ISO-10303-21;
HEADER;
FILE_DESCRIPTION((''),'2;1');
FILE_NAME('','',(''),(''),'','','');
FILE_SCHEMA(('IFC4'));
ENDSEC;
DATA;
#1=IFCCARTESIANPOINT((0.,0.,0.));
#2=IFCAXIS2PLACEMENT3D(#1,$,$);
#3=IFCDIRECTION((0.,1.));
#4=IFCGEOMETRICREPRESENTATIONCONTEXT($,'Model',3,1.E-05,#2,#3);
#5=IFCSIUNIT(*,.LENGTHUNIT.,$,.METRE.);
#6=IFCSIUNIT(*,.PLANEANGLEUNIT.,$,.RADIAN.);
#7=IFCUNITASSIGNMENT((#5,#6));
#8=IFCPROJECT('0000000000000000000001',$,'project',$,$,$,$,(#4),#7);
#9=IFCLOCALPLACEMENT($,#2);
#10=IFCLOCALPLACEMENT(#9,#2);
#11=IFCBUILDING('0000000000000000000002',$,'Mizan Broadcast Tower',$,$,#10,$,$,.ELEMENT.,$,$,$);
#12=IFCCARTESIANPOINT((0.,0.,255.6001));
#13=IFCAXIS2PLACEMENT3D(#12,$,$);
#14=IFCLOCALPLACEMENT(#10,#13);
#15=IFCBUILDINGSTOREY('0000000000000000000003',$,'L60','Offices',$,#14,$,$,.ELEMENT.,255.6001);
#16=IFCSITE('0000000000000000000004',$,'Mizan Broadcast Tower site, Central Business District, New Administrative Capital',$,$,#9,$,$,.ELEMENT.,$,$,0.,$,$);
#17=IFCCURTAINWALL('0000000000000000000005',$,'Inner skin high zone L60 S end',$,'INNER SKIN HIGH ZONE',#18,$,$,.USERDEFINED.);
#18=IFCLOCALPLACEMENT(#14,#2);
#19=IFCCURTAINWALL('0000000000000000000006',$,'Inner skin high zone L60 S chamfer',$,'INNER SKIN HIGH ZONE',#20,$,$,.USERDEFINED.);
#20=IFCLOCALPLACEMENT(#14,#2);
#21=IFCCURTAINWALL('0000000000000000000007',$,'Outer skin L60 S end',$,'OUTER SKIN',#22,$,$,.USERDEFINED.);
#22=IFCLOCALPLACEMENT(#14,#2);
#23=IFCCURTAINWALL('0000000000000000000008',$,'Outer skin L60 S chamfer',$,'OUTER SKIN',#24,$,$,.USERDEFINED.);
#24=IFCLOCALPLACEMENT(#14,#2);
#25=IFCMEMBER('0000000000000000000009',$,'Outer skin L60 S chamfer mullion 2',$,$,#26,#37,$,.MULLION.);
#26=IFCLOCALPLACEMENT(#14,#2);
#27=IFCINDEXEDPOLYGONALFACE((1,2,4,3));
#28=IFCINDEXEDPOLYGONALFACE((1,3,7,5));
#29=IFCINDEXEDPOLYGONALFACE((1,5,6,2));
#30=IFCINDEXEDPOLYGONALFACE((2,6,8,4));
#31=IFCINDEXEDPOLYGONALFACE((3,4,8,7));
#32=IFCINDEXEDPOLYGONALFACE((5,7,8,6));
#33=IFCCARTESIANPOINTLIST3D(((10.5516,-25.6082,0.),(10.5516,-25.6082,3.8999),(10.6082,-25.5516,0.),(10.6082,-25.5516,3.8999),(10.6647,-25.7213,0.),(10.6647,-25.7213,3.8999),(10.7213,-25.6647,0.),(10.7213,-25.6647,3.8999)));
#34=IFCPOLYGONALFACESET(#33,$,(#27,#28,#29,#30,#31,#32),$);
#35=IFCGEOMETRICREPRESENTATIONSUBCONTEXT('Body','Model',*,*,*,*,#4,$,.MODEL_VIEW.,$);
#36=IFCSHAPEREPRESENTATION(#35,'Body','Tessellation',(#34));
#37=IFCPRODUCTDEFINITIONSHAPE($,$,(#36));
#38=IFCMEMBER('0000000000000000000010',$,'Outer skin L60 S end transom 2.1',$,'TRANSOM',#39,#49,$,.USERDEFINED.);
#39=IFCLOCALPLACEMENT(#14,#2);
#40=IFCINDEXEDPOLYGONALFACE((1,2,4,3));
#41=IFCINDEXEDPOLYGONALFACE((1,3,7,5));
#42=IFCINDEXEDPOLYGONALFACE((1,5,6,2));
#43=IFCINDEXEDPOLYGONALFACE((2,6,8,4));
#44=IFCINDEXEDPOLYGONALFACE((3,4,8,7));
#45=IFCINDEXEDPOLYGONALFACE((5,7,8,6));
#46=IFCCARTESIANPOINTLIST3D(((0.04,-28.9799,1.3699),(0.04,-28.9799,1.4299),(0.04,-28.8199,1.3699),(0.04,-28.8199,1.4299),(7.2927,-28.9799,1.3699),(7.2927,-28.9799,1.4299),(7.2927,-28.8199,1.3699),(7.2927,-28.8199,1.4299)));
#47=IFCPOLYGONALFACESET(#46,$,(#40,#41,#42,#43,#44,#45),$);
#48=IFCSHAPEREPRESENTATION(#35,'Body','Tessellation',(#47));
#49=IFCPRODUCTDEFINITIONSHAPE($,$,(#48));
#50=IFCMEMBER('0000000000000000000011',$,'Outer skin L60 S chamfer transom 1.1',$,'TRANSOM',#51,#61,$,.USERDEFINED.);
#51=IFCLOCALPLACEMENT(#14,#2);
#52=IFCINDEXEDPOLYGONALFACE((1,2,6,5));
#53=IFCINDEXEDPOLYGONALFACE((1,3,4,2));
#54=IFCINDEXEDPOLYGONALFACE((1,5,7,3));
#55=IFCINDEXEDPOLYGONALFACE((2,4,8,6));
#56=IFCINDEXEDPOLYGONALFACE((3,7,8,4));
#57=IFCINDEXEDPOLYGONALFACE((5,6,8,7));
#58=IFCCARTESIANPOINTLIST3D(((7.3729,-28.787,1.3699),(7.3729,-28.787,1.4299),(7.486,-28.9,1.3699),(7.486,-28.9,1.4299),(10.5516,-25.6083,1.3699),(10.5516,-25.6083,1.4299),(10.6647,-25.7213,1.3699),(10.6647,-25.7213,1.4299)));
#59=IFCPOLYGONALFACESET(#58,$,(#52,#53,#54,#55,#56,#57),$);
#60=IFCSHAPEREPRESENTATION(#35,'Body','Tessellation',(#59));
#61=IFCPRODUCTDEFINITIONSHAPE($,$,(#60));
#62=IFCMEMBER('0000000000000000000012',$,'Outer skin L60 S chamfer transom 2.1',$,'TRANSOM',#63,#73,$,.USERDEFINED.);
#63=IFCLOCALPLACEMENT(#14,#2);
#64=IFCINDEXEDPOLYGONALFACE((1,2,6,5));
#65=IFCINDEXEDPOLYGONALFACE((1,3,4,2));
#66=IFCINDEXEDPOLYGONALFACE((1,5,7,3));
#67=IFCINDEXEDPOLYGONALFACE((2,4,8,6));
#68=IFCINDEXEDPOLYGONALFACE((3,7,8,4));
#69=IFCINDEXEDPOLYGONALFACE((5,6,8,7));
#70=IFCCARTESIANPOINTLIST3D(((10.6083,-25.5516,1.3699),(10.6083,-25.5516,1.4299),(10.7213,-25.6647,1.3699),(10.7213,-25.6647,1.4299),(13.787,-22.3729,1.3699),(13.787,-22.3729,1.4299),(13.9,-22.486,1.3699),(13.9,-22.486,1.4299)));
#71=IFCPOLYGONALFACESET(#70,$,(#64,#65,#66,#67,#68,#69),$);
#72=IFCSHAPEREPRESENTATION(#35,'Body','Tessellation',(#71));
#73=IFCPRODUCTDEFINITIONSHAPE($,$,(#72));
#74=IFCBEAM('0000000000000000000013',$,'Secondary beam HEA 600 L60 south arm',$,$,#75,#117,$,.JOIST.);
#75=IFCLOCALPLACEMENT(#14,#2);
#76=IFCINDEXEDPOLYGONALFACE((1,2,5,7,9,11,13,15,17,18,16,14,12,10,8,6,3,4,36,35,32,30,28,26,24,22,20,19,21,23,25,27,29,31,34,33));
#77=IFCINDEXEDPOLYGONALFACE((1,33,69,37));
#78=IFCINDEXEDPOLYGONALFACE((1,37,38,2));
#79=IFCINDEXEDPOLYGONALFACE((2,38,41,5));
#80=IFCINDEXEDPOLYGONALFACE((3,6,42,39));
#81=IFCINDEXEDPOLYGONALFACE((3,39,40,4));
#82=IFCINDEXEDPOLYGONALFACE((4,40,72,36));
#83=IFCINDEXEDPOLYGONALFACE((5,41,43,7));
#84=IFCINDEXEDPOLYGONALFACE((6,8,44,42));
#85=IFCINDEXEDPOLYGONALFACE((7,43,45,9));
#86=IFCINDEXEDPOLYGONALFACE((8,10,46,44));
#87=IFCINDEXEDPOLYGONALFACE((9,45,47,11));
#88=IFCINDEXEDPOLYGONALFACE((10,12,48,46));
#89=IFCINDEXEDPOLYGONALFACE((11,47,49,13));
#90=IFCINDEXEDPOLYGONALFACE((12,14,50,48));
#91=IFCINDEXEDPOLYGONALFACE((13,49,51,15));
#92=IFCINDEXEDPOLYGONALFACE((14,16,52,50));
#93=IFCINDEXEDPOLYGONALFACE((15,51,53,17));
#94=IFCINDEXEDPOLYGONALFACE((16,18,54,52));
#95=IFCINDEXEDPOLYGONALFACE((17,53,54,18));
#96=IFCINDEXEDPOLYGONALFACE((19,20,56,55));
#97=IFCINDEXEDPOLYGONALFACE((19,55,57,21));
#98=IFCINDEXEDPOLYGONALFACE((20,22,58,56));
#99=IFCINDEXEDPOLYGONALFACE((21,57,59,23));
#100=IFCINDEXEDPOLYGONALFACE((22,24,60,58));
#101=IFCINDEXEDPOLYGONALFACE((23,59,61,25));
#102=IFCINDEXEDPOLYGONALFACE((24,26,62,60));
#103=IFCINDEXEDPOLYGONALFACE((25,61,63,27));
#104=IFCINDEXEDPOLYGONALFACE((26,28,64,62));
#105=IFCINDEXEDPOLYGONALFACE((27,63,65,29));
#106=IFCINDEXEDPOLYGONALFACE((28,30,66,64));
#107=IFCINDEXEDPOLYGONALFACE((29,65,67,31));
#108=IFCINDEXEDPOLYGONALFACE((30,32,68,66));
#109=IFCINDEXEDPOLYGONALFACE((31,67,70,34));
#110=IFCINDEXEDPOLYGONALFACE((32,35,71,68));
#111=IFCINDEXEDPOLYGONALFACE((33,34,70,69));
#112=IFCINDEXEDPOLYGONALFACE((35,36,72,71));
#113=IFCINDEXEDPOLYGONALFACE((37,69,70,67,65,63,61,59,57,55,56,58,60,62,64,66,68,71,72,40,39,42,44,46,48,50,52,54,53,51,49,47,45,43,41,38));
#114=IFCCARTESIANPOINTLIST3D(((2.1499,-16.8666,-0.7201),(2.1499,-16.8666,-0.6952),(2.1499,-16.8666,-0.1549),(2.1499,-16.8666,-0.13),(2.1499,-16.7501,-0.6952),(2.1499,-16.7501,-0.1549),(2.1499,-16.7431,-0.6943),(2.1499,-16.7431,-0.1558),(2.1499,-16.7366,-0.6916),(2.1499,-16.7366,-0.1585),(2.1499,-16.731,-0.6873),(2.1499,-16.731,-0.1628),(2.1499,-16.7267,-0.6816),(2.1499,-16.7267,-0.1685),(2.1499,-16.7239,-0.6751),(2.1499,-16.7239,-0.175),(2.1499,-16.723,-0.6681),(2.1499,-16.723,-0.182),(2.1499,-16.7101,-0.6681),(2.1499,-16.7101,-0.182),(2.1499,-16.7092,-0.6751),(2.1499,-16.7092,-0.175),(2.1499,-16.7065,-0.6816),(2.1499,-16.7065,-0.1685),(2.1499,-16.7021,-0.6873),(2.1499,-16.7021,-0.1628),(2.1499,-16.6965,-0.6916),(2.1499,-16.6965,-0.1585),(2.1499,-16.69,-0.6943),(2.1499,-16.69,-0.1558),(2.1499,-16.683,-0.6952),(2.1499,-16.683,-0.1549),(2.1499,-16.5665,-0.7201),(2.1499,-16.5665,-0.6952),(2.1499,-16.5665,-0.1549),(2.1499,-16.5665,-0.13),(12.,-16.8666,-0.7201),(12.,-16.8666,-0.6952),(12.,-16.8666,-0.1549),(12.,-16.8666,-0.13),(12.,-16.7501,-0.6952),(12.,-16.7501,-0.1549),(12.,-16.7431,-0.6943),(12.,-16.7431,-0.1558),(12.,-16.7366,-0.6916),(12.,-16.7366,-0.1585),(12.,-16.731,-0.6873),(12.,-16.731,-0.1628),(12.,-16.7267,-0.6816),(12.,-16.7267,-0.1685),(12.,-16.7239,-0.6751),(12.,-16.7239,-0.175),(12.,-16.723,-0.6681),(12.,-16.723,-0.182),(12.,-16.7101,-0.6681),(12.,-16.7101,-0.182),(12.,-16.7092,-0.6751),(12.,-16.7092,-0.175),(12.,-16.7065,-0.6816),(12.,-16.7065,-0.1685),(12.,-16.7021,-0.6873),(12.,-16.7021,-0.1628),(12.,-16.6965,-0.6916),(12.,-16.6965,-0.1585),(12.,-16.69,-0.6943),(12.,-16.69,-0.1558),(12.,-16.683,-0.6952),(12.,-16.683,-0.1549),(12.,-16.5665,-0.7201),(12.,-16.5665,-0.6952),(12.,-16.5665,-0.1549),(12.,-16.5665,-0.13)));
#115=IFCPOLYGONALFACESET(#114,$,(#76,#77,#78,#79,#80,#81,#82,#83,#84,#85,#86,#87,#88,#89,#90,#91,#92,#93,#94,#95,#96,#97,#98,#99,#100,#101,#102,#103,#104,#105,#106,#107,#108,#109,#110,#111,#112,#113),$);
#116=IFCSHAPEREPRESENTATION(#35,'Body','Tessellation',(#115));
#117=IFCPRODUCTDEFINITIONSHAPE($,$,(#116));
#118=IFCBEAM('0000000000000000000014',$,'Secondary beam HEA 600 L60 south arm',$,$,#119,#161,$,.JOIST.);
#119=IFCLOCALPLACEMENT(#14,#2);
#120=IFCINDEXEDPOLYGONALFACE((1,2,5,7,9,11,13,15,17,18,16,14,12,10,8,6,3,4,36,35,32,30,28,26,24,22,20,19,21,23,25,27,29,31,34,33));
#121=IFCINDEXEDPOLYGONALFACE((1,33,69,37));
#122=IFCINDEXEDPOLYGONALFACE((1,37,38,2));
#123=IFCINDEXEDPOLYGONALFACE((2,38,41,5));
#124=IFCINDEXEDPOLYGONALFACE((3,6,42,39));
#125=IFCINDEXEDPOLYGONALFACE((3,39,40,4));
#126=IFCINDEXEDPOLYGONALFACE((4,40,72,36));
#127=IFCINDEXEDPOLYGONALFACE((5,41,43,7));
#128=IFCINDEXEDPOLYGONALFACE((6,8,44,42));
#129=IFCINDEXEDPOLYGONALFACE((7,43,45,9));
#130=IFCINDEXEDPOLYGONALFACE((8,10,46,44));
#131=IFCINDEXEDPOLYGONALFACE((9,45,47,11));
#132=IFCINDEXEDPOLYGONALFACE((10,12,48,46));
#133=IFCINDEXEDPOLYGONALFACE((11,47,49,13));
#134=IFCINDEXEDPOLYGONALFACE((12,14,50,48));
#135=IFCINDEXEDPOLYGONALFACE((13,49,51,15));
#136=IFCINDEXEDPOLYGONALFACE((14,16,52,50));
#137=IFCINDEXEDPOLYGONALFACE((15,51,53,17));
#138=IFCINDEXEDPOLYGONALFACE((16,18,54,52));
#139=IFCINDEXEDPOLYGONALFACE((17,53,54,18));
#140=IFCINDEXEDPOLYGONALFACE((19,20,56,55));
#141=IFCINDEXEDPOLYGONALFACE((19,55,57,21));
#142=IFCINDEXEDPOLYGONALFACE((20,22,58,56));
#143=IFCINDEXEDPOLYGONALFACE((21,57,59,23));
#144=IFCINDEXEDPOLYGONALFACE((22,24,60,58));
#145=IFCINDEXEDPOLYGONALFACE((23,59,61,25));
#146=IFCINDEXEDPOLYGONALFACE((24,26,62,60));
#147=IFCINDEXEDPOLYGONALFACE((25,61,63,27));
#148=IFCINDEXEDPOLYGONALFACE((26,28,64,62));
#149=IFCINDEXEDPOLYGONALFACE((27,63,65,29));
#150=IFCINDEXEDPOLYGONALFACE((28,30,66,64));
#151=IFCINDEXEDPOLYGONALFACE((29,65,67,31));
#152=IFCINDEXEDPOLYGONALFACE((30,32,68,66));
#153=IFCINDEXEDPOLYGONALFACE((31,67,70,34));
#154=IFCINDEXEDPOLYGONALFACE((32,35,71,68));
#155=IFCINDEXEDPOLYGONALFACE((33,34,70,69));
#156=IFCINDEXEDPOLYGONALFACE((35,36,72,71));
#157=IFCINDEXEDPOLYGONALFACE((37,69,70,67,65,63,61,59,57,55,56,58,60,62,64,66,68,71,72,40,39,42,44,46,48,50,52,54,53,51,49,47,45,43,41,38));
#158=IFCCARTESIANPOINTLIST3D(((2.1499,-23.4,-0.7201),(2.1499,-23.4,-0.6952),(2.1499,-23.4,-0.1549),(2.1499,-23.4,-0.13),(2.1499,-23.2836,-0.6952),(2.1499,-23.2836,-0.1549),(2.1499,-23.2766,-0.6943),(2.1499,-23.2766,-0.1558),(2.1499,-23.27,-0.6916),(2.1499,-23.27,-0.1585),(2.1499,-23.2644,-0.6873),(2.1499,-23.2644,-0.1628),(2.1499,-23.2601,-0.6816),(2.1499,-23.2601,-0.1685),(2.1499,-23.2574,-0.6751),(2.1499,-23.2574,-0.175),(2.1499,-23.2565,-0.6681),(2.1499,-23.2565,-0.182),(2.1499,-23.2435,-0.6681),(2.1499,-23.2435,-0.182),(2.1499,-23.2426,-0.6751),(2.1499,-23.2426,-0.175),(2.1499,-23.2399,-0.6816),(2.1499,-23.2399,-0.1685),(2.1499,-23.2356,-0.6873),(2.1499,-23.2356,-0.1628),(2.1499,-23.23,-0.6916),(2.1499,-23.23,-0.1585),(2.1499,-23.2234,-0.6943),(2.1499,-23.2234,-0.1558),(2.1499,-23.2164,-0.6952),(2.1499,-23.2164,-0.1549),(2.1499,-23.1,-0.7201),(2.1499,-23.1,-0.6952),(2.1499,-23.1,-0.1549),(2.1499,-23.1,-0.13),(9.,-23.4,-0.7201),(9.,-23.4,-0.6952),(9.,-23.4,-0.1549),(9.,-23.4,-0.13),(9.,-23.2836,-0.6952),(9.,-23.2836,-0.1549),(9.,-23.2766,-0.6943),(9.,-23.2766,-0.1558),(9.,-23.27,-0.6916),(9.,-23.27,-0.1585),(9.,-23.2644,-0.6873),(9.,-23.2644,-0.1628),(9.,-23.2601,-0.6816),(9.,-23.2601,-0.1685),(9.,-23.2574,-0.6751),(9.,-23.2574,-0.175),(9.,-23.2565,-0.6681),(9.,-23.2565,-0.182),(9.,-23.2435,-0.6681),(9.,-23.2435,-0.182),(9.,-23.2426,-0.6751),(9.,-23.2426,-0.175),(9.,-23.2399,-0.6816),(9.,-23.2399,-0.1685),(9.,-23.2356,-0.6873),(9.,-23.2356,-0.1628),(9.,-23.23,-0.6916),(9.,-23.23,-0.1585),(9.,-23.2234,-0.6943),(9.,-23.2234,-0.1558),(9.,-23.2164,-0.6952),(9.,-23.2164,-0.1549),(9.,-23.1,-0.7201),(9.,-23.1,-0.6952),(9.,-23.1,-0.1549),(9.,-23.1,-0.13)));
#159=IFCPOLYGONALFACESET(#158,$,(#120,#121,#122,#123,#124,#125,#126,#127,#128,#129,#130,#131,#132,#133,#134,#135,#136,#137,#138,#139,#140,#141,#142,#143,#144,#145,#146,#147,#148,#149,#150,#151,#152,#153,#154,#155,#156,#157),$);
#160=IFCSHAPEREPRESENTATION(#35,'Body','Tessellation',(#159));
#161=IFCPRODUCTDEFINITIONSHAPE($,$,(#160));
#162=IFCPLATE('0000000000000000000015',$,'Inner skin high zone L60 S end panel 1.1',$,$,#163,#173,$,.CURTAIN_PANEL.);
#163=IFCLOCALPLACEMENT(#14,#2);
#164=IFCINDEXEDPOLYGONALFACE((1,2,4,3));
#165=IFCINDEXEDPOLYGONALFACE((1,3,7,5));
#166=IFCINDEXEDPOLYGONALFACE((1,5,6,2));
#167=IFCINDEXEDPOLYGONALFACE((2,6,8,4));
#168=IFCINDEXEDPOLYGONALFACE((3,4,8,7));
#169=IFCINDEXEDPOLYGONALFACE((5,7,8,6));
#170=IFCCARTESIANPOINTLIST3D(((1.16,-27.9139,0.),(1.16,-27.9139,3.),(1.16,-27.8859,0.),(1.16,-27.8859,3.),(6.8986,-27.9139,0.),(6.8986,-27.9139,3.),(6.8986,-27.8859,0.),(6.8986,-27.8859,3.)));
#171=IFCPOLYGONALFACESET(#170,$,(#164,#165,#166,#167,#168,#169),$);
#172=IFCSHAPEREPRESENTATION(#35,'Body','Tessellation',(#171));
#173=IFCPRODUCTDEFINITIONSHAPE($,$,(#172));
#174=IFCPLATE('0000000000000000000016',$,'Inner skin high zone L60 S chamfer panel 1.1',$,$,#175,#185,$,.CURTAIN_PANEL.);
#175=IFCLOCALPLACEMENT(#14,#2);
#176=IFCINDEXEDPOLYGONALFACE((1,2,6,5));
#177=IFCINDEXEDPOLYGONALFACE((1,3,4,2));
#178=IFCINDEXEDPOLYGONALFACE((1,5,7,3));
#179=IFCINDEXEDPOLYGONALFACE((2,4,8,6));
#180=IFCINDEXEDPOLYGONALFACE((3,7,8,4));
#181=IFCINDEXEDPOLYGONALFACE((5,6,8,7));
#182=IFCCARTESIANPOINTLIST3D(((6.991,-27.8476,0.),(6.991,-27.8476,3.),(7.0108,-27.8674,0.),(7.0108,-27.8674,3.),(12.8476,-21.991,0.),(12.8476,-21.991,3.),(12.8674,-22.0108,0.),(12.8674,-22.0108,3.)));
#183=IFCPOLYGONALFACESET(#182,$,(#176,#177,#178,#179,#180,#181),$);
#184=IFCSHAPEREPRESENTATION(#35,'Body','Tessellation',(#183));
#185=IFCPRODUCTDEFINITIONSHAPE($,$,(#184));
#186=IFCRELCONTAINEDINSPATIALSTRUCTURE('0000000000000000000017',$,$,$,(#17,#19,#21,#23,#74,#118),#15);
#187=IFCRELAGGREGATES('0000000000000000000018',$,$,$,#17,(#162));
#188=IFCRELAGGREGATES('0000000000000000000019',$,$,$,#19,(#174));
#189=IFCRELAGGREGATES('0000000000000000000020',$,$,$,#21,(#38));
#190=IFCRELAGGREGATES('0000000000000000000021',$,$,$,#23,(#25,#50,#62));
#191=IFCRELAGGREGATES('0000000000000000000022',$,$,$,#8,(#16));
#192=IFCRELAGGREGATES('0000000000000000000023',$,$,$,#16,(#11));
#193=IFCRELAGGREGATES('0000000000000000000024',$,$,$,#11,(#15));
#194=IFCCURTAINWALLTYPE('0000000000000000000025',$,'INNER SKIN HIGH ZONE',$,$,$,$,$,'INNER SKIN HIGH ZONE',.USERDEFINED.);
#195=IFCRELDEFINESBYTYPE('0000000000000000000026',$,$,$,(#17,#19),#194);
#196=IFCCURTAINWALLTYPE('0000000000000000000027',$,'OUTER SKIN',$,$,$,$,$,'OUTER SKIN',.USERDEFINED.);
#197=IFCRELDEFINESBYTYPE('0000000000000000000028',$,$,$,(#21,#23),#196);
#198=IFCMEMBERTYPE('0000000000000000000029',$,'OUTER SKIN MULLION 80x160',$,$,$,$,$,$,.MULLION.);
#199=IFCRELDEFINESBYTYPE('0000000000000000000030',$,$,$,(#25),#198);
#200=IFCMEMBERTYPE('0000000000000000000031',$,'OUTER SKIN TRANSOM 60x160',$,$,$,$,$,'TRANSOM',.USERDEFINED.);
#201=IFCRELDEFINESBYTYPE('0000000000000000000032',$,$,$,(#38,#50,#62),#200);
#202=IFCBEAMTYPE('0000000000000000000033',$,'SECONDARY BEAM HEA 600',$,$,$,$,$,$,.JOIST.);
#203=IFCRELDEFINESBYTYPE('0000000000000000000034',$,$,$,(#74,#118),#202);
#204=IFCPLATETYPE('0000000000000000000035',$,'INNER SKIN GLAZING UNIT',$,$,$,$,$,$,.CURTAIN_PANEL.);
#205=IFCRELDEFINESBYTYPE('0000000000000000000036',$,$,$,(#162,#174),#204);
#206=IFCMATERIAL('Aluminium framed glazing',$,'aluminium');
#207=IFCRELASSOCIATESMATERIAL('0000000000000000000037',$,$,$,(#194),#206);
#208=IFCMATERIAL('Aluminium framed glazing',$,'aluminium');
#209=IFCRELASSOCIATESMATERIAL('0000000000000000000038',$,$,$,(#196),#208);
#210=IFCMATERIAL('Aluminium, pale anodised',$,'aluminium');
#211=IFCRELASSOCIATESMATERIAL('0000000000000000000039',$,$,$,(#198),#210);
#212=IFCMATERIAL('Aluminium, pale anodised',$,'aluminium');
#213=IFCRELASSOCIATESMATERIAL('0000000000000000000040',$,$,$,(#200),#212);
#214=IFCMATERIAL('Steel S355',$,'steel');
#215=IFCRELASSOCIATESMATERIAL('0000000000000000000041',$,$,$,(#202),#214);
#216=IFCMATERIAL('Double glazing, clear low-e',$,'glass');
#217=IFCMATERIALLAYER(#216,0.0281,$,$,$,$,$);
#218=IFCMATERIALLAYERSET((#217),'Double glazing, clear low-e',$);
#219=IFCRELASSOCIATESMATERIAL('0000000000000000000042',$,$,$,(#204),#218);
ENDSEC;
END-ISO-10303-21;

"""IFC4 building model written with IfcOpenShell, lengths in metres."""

from ifc_helpers import new_model, si_unit, direction, frame, origin, origin_2d, place, context, subcontext, project, spatial, rectangle, i_section, extrude, material, layer, layer_set, material_profile, profile_set, type_object, element, aggregate, save


model = new_model("IFC4")

# Units and contexts
model_context = context("Model", 3, precision=1e-05, world=origin(), true_north=direction((0.0, 1.0)))
body_context = subcontext(model_context, "Body", "Model", "MODEL_VIEW")
ifc_project = project(units=[si_unit("LENGTHUNIT", "METRE"), si_unit("PLANEANGLEUNIT", "RADIAN")], contexts=[model_context])

# Site, building, storey
site_placement = place(None, origin())
site = spatial("IfcSite", under=ifc_project, at=site_placement, Name="Mizan Broadcast Tower site, Central Business District, New Administrative Capital", CompositionType="ELEMENT", RefElevation=0.0)
building_placement = place(site_placement, origin())
building = spatial("IfcBuilding", under=site, at=building_placement, Name="Mizan Broadcast Tower", CompositionType="ELEMENT")
storey_placement = place(building_placement, frame((0.0, 0.0, 255.6001)))
storey = spatial("IfcBuildingStorey", under=building, at=storey_placement, Name="L60", Description="Offices", CompositionType="ELEMENT", Elevation=255.6001)

# Curtain wall
ifc_material_1 = material(Name="Aluminium framed glazing", Category="aluminium")
curtain_wall_type_1 = type_object("IfcCurtainWallType", Name="INNER SKIN HIGH ZONE", ElementType="INNER SKIN HIGH ZONE", PredefinedType="USERDEFINED", material=ifc_material_1)
curtain_wall_1_placement = place(storey_placement, origin())
curtain_wall_1 = element("IfcCurtainWall", 1, at=curtain_wall_1_placement, inside=storey, type_object=curtain_wall_type_1, Name="Inner skin high zone L60 S end", ObjectType="INNER SKIN HIGH ZONE", PredefinedType="USERDEFINED")

# Curtain wall
curtain_wall_2_placement = place(storey_placement, origin())
curtain_wall_2 = element("IfcCurtainWall", 2, at=curtain_wall_2_placement, inside=storey, type_object=curtain_wall_type_1, Name="Inner skin high zone L60 S chamfer", ObjectType="INNER SKIN HIGH ZONE", PredefinedType="USERDEFINED")

# Curtain wall
ifc_material_2 = material(Name="Aluminium framed glazing", Category="aluminium")
curtain_wall_type_2 = type_object("IfcCurtainWallType", Name="OUTER SKIN", ElementType="OUTER SKIN", PredefinedType="USERDEFINED", material=ifc_material_2)
curtain_wall_3_placement = place(storey_placement, origin())
curtain_wall_3 = element("IfcCurtainWall", 3, at=curtain_wall_3_placement, inside=storey, type_object=curtain_wall_type_2, Name="Outer skin L60 S end", ObjectType="OUTER SKIN", PredefinedType="USERDEFINED")
ifc_material_3 = material(Name="Aluminium, pale anodised", Category="aluminium")
ifc_material_profile_1 = material_profile(ifc_material_3, rectangle(XDim=0.1599, YDim=0.0801, at=origin_2d()), Name="MULLION 160x80")
ifc_profile_set_1 = profile_set([ifc_material_profile_1], Name="Aluminium, pale anodised")
member_type_1 = type_object("IfcMemberType", Name="OUTER SKIN MULLION 80x160", PredefinedType="MULLION", material=ifc_profile_set_1)

# Curtain wall, member
curtain_wall_4_placement = place(storey_placement, origin())
curtain_wall_4 = element("IfcCurtainWall", 4, at=curtain_wall_4_placement, inside=storey, type_object=curtain_wall_type_2, Name="Outer skin L60 S chamfer", ObjectType="OUTER SKIN", PredefinedType="USERDEFINED")
member_1_placement = place(storey_placement, frame((10.6365, -25.6365, 0.0), z_axis=(0.0, 0.0, 1.0), x_axis=(-0.707107, 0.707107, 0.0)))
member_1 = element("IfcMember", 5, at=member_1_placement, type_object=member_type_1, Name="Outer skin L60 S chamfer mullion 2", PredefinedType="MULLION", context=body_context, shape_type="SweptSolid", body=[
    extrude(rectangle(XDim=0.1599, YDim=0.0801, at=origin_2d()), origin(), (0.0, 0.0, 1.0), 3.8999),
])

# Members
ifc_material_4 = material(Name="Aluminium, pale anodised", Category="aluminium")
ifc_material_profile_2 = material_profile(ifc_material_4, rectangle(XDim=0.1599, YDim=0.0601, at=origin_2d()), Name="TRANSOM 160x60")
ifc_profile_set_2 = profile_set([ifc_material_profile_2], Name="Aluminium, pale anodised")
member_type_2 = type_object("IfcMemberType", Name="OUTER SKIN TRANSOM 60x160", ElementType="TRANSOM", PredefinedType="USERDEFINED", material=ifc_profile_set_2)
member_2_placement = place(storey_placement, frame((0.04, -28.8999, 1.3999), z_axis=(1.0, 0.0, 0.0), x_axis=(0.0, 1.0, 0.0)))
member_2 = element("IfcMember", 6, at=member_2_placement, type_object=member_type_2, Name="Outer skin L60 S end transom 2.1", ObjectType="TRANSOM", PredefinedType="USERDEFINED", context=body_context, shape_type="SweptSolid", body=[
    extrude(rectangle(XDim=0.1599, YDim=0.0601, at=origin_2d()), origin(), (0.0, 0.0, 1.0), 7.2527),
])
member_3_placement = place(storey_placement, frame((7.4294, -28.8435, 1.3999), z_axis=(0.707107, 0.707107, 0.0), x_axis=(-0.707107, 0.707107, 0.0)))
member_3 = element("IfcMember", 7, at=member_3_placement, type_object=member_type_2, Name="Outer skin L60 S chamfer transom 1.1", ObjectType="TRANSOM", PredefinedType="USERDEFINED", context=body_context, shape_type="SweptSolid", body=[
    extrude(rectangle(XDim=0.1599, YDim=0.0601, at=origin_2d()), origin(), (0.0, 0.0, 1.0), 4.4954),
])
member_4_placement = place(storey_placement, frame((10.6648, -25.6082, 1.3999), z_axis=(0.707107, 0.707107, 0.0), x_axis=(-0.707107, 0.707107, 0.0)))
member_4 = element("IfcMember", 8, at=member_4_placement, type_object=member_type_2, Name="Outer skin L60 S chamfer transom 2.1", ObjectType="TRANSOM", PredefinedType="USERDEFINED", context=body_context, shape_type="SweptSolid", body=[
    extrude(rectangle(XDim=0.1599, YDim=0.0601, at=origin_2d()), origin(), (0.0, 0.0, 1.0), 4.4954),
])

# Beams
ifc_material_5 = material(Name="Steel S355", Category="steel")
ifc_material_profile_3 = material_profile(ifc_material_5, i_section(OverallWidth=0.3, OverallDepth=0.5901, WebThickness=0.0129, FlangeThickness=0.0249, FilletRadius=0.0271, at=origin_2d()), Name="HEA 600")
ifc_profile_set_3 = profile_set([ifc_material_profile_3], Name="Steel S355")
beam_type_1 = type_object("IfcBeamType", Name="SECONDARY BEAM HEA 600", PredefinedType="JOIST", material=ifc_profile_set_3)
beam_1_placement = place(storey_placement, frame((12.0, -16.7166, -0.425), z_axis=(-1.0, 0.0, 0.0), x_axis=(0.0, -1.0, 0.0)))
element("IfcBeam", 9, at=beam_1_placement, inside=storey, type_object=beam_type_1, Name="Secondary beam HEA 600 L60 south arm", PredefinedType="JOIST", context=body_context, shape_type="SweptSolid", body=[
    extrude(i_section(OverallWidth=0.3, OverallDepth=0.5901, WebThickness=0.0129, FlangeThickness=0.0249, FilletRadius=0.0271, at=origin_2d()), origin(), (0.0, 0.0, 1.0), 9.8501),
])
beam_2_placement = place(storey_placement, frame((9.0, -23.25, -0.425), z_axis=(-1.0, 0.0, 0.0), x_axis=(0.0, -1.0, 0.0)))
element("IfcBeam", 10, at=beam_2_placement, inside=storey, type_object=beam_type_1, Name="Secondary beam HEA 600 L60 south arm", PredefinedType="JOIST", context=body_context, shape_type="SweptSolid", body=[
    extrude(i_section(OverallWidth=0.3, OverallDepth=0.5901, WebThickness=0.0129, FlangeThickness=0.0249, FilletRadius=0.0271, at=origin_2d()), origin(), (0.0, 0.0, 1.0), 6.8501),
])

# Plates
ifc_material_6 = material(Name="Double glazing, clear low-e", Category="glass")
ifc_layer_1 = layer(ifc_material_6, 0.0281)
ifc_layer_set_1 = layer_set([ifc_layer_1], Name="Double glazing, clear low-e")
plate_type_1 = type_object("IfcPlateType", Name="INNER SKIN GLAZING UNIT", PredefinedType="CURTAIN_PANEL", material=ifc_layer_set_1)
plate_1_placement = place(storey_placement, frame((4.0293, -27.8999, 0.0), z_axis=(0.0, 0.0, 1.0), x_axis=(1.0, 0.0, 0.0)))
plate_1 = element("IfcPlate", 11, at=plate_1_placement, type_object=plate_type_1, Name="Inner skin high zone L60 S end panel 1.1", PredefinedType="CURTAIN_PANEL", context=body_context, shape_type="SweptSolid", body=[
    extrude(rectangle(XDim=5.7385, YDim=0.0281, at=origin_2d()), origin(), (0.0, 0.0, 1.0), 3.0),
])
plate_2_placement = place(storey_placement, frame((9.9292, -24.9292, 0.0), z_axis=(0.0, 0.0, 1.0), x_axis=(0.707107, 0.707107, 0.0)))
plate_2 = element("IfcPlate", 12, at=plate_2_placement, type_object=plate_type_1, Name="Inner skin high zone L60 S chamfer panel 1.1", PredefinedType="CURTAIN_PANEL", context=body_context, shape_type="SweptSolid", body=[
    extrude(rectangle(XDim=8.2825, YDim=0.0281, at=origin_2d()), origin(), (0.0, 0.0, 1.0), 3.0),
])
aggregate(curtain_wall_1, [plate_1])
aggregate(curtain_wall_2, [plate_2])
aggregate(curtain_wall_3, [member_2])
aggregate(curtain_wall_4, [member_1, member_3, member_4])

save(model, "model.ifc")
